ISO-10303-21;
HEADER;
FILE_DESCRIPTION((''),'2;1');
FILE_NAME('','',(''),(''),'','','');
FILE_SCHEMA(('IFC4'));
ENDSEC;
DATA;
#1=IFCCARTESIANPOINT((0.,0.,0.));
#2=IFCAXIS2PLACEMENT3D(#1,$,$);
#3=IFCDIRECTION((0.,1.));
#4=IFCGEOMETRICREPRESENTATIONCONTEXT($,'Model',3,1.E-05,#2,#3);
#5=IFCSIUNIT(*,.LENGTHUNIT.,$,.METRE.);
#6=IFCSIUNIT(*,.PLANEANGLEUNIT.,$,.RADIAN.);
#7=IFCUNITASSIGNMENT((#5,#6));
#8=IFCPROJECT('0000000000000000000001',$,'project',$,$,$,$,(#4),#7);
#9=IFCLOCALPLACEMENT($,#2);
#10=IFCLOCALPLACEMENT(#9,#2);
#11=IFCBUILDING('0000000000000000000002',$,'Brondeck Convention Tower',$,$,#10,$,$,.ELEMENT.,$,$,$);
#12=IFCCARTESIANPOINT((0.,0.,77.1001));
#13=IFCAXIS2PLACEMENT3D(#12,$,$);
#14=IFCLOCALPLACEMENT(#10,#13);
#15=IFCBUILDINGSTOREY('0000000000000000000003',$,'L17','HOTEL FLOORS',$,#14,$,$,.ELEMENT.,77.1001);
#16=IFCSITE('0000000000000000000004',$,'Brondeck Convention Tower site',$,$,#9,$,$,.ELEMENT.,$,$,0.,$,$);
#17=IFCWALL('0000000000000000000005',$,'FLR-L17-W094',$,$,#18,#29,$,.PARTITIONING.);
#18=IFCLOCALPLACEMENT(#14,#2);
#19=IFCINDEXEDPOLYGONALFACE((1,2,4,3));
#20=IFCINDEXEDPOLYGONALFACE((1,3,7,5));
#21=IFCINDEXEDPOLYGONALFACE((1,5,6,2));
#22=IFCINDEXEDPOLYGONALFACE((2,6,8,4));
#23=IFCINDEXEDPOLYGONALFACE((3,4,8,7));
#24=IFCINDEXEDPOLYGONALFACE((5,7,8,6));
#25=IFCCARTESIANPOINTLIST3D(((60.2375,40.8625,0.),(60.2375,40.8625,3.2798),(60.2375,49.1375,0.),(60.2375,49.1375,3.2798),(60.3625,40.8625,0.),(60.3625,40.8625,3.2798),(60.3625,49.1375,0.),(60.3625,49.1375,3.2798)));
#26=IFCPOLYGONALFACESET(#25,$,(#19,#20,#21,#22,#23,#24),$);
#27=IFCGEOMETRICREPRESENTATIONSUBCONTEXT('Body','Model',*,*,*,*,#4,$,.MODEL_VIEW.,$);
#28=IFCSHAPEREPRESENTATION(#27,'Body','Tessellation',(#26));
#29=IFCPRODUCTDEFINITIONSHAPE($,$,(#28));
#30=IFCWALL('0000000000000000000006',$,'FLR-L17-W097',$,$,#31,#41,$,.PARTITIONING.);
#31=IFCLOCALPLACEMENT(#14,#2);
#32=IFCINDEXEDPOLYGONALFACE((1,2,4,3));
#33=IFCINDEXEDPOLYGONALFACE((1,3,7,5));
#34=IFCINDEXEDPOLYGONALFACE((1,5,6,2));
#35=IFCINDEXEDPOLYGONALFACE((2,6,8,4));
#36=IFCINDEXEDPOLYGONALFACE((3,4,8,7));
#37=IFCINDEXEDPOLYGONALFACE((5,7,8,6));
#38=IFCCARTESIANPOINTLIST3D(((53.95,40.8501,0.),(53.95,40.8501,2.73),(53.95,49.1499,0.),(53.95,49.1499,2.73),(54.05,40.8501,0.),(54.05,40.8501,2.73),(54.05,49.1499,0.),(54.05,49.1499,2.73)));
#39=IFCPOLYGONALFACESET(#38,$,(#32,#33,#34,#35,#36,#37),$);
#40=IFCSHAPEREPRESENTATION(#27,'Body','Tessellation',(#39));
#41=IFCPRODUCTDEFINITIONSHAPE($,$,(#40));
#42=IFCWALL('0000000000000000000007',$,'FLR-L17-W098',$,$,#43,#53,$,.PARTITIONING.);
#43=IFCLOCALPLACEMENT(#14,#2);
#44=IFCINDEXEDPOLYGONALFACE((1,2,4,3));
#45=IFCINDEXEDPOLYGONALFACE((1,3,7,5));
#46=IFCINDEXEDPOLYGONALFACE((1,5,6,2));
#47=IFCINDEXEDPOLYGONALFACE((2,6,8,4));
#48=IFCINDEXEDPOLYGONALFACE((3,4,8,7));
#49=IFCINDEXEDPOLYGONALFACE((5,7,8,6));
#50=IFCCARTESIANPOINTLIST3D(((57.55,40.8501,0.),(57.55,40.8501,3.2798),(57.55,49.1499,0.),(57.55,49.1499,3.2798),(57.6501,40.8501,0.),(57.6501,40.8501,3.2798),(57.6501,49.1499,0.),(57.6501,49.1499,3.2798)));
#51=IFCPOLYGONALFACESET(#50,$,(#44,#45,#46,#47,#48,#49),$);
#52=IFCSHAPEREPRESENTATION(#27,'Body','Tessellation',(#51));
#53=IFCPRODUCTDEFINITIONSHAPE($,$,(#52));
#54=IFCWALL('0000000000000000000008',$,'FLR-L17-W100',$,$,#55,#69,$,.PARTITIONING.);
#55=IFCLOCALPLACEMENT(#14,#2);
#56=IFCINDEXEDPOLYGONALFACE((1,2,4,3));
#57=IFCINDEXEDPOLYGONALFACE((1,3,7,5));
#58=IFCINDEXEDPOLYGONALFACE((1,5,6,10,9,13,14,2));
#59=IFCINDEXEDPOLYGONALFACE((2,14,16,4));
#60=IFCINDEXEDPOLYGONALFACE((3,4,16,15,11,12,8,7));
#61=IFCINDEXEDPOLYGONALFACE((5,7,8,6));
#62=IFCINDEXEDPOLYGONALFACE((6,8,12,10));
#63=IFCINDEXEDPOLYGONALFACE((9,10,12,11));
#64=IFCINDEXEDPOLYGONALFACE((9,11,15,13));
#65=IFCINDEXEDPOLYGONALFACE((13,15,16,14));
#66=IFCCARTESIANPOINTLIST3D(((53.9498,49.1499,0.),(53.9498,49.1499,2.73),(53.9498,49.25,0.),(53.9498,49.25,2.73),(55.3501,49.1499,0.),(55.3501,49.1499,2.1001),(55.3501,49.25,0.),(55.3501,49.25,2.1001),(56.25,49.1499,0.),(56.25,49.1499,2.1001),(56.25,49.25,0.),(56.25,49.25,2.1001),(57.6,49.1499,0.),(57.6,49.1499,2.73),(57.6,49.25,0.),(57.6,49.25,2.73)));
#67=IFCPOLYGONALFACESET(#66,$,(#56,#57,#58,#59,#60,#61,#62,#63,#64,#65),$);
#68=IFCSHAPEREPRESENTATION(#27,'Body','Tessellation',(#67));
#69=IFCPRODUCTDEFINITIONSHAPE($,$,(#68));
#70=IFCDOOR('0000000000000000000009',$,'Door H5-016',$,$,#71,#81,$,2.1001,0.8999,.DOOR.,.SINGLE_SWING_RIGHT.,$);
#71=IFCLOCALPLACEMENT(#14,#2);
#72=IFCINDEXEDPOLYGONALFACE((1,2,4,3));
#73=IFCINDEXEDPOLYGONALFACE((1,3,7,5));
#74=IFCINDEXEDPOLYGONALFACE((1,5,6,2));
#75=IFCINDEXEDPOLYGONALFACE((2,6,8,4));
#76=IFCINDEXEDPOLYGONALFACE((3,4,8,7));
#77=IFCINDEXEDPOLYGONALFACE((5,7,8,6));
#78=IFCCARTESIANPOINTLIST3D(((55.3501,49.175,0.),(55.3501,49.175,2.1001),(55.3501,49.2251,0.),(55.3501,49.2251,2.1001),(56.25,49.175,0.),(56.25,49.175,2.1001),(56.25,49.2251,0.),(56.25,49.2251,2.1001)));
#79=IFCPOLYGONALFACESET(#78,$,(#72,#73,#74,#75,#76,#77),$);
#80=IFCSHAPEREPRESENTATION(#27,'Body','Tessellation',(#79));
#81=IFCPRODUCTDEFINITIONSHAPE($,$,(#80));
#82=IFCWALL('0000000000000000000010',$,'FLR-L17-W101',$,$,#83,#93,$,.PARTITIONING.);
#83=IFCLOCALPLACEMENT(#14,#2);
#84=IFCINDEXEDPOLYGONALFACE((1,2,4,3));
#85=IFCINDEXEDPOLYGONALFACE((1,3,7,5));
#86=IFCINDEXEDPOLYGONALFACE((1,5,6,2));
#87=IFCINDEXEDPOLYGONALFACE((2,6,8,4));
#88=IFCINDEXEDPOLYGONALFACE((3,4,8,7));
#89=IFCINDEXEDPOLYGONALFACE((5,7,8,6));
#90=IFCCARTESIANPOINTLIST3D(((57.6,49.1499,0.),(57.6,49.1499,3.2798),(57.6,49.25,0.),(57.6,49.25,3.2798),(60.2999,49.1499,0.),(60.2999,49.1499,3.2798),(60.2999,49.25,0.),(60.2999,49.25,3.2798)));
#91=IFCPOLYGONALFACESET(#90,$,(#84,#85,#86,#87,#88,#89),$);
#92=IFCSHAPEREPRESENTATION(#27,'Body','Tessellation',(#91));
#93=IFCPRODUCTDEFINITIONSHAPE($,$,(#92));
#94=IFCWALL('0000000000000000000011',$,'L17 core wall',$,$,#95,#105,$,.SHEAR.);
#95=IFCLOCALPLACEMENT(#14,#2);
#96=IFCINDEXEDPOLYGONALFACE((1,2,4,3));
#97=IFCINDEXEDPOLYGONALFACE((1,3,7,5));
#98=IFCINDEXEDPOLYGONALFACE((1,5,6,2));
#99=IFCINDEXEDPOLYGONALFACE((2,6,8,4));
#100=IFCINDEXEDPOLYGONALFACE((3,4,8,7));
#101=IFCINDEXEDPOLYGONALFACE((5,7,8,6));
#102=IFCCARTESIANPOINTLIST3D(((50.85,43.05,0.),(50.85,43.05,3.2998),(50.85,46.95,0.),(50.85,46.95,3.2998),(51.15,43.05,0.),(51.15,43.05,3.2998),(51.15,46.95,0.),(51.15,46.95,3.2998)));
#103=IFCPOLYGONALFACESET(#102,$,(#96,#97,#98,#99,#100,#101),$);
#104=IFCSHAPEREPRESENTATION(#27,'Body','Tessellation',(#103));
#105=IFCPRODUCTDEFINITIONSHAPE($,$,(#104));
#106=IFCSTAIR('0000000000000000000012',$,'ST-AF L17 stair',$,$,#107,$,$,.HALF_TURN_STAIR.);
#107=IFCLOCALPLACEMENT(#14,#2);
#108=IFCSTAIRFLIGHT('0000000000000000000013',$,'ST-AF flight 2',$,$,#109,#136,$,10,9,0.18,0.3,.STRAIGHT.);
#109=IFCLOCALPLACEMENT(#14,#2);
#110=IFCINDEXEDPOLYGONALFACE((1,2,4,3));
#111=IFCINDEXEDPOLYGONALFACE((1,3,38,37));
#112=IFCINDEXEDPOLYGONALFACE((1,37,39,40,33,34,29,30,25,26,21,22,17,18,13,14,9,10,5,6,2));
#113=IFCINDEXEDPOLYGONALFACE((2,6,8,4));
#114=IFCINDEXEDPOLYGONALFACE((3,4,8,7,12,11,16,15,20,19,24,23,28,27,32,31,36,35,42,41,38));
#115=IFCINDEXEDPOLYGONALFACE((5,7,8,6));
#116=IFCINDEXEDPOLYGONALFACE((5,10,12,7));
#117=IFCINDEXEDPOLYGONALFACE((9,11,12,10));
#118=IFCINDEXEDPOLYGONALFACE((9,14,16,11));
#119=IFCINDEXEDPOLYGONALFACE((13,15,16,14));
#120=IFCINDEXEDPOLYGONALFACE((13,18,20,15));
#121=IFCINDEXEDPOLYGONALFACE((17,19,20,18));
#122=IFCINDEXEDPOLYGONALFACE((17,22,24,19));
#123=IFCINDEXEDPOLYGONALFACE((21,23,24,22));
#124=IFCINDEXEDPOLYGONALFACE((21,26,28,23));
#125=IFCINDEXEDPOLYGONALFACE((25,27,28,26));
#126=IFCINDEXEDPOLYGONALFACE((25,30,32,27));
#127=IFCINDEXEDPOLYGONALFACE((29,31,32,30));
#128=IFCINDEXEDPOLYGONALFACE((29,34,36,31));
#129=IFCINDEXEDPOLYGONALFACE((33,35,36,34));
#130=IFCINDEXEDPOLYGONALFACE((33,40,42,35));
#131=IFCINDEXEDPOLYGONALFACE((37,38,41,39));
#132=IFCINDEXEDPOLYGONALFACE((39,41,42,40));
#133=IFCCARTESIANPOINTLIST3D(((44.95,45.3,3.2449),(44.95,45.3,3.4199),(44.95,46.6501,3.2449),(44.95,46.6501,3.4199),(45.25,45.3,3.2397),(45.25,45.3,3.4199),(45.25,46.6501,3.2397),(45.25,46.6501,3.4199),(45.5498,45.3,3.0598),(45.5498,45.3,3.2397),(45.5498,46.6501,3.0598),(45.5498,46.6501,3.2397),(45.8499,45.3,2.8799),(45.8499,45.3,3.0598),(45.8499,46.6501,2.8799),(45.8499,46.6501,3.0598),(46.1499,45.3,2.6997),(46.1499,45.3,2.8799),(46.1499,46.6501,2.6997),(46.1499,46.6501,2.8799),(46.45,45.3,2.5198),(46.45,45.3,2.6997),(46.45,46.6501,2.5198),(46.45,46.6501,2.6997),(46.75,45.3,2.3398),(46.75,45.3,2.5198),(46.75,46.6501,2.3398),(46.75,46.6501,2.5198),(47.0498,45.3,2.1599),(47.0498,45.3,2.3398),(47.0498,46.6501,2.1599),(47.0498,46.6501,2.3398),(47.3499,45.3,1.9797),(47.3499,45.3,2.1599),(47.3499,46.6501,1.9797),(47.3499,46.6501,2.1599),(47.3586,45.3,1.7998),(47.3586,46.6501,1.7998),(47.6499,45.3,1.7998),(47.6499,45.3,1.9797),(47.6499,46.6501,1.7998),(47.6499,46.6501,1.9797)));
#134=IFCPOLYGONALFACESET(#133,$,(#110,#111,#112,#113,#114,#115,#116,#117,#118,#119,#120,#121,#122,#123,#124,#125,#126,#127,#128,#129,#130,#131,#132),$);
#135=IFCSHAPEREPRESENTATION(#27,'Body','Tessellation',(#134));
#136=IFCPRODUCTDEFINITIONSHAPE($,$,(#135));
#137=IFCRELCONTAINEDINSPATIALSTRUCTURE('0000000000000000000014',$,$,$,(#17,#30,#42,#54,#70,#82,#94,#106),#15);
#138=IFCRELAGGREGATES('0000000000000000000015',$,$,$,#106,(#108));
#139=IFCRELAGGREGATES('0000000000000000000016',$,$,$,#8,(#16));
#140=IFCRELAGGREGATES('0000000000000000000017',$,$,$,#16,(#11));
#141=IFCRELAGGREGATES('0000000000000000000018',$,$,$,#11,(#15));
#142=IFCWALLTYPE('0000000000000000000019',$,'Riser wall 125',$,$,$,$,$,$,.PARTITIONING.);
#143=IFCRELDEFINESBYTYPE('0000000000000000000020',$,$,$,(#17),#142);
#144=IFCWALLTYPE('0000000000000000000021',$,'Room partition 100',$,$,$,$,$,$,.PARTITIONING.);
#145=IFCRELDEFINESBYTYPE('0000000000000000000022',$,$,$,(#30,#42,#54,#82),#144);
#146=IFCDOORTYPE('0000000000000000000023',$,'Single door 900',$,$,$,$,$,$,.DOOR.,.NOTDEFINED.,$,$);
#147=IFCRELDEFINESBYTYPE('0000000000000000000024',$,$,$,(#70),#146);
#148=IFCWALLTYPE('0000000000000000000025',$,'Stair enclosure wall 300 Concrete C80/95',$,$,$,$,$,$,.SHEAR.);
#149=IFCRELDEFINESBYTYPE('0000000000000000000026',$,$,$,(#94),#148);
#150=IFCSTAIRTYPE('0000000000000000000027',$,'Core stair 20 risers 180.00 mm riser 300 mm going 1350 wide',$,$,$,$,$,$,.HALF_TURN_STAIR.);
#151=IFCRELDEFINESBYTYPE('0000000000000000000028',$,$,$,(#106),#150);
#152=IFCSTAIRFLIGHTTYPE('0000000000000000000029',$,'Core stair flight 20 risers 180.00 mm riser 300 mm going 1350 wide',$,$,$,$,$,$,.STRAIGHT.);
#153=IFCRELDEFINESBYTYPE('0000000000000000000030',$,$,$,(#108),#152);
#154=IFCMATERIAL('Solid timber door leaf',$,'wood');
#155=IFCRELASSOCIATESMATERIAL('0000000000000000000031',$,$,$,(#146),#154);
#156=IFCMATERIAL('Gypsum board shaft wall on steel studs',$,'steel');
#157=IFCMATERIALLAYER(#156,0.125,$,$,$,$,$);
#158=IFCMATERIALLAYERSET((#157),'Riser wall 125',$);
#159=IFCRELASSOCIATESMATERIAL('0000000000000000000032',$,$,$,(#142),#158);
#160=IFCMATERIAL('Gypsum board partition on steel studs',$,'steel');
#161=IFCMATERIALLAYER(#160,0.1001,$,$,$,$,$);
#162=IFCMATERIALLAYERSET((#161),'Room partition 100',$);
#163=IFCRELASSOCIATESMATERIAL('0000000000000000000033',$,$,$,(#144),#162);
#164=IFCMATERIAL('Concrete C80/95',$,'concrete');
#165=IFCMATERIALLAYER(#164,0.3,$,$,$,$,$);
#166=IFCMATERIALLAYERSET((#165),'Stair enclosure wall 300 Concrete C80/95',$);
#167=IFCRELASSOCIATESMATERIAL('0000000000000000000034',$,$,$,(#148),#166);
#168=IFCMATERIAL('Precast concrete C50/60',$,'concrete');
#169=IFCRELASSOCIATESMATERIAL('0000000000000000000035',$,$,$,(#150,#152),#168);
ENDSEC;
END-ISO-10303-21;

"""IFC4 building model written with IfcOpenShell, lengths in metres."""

from ifc_helpers import new_model, si_unit, direction, frame, frame_2d, origin, place, context, subcontext, project, spatial, polyline, rectangle, outline, extrude, material, layer, layer_set, type_object, element, fill, aggregate, save


model = new_model("IFC4")

# Units and contexts
model_context = context("Model", 3, precision=1e-05, world=origin(), true_north=direction((0.0, 1.0)))
body_context = subcontext(model_context, "Body", "Model", "MODEL_VIEW")
ifc_project = project(units=[si_unit("LENGTHUNIT", "METRE"), si_unit("PLANEANGLEUNIT", "RADIAN")], contexts=[model_context])

# Site, building, storey
site_placement = place(None, origin())
site = spatial("IfcSite", under=ifc_project, at=site_placement, Name="Brondeck Convention Tower site", CompositionType="ELEMENT", RefElevation=0.0)
building_placement = place(site_placement, origin())
building = spatial("IfcBuilding", under=site, at=building_placement, Name="Brondeck Convention Tower", CompositionType="ELEMENT")
storey_placement = place(building_placement, frame((0.0, 0.0, 77.1001)))
storey = spatial("IfcBuildingStorey", under=building, at=storey_placement, Name="L17", Description="HOTEL FLOORS", CompositionType="ELEMENT", Elevation=77.1001)

# Shared definitions
ifc_material_1 = material(Name="Concrete C80/95", Category="concrete")

# Shared definitions
ifc_material_2 = material(Name="Solid timber door leaf", Category="wood")
door_type_1 = type_object("IfcDoorType", Name="Single door 900", OperationType="NOTDEFINED", PredefinedType="DOOR", material=ifc_material_2)

# Walls
ifc_material_3 = material(Name="Gypsum board shaft wall on steel studs", Category="steel")
ifc_layer_1 = layer(ifc_material_3, 0.125)
ifc_layer_set_1 = layer_set([ifc_layer_1], Name="Riser wall 125")
wall_type_1 = type_object("IfcWallType", Name="Riser wall 125", PredefinedType="PARTITIONING", material=ifc_layer_set_1)
wall_1_placement = place(storey_placement, frame((60.3, 49.1375, 0.0), z_axis=(0.0, 0.0, 1.0), x_axis=(0.0, -1.0, 0.0)))
element("IfcWall", 1, at=wall_1_placement, inside=storey, type_object=wall_type_1, Name="FLR-L17-W094", PredefinedType="PARTITIONING", context=body_context, shape_type="SweptSolid", body=[
    extrude(rectangle(XDim=8.2749, YDim=0.125, at=frame_2d((4.1375, 0.0))), origin(), (0.0, 0.0, 1.0), 3.2798),
])
ifc_material_4 = material(Name="Gypsum board partition on steel studs", Category="steel")
ifc_layer_2 = layer(ifc_material_4, 0.1001)
ifc_layer_set_2 = layer_set([ifc_layer_2], Name="Room partition 100")
wall_type_2 = type_object("IfcWallType", Name="Room partition 100", PredefinedType="PARTITIONING", material=ifc_layer_set_2)
wall_2_placement = place(storey_placement, frame((54.0, 49.1499, 0.0), z_axis=(0.0, 0.0, 1.0), x_axis=(0.0, -1.0, 0.0)))
element("IfcWall", 2, at=wall_2_placement, inside=storey, type_object=wall_type_2, Name="FLR-L17-W097", PredefinedType="PARTITIONING", context=body_context, shape_type="SweptSolid", body=[
    extrude(rectangle(XDim=8.2998, YDim=0.1001, at=frame_2d((4.1499, 0.0))), origin(), (0.0, 0.0, 1.0), 2.73),
])
wall_3_placement = place(storey_placement, frame((57.6001, 49.1499, 0.0), z_axis=(0.0, 0.0, 1.0), x_axis=(0.0, -1.0, 0.0)))
element("IfcWall", 3, at=wall_3_placement, inside=storey, type_object=wall_type_2, Name="FLR-L17-W098", PredefinedType="PARTITIONING", context=body_context, shape_type="SweptSolid", body=[
    extrude(rectangle(XDim=8.2998, YDim=0.1001, at=frame_2d((4.1499, 0.0))), origin(), (0.0, 0.0, 1.0), 3.2798),
])

# Wall, opening, door
wall_4_placement = place(storey_placement, frame((57.6001, 49.2, 0.0), z_axis=(0.0, 0.0, 1.0), x_axis=(-1.0, 0.0, 0.0)))
wall_4 = element("IfcWall", 4, at=wall_4_placement, inside=storey, type_object=wall_type_2, Name="FLR-L17-W100", PredefinedType="PARTITIONING", context=body_context, shape_type="SweptSolid", body=[
    extrude(rectangle(XDim=3.6501, YDim=0.1001, at=frame_2d((1.8252, 0.0))), origin(), (0.0, 0.0, 1.0), 2.73),
])
opening_1_placement = place(wall_4_placement, frame((1.3501, 0.0, 0.0)))
opening_1 = element("IfcOpeningElement", 5, at=opening_1_placement, cuts=wall_4, PredefinedType="OPENING", context=body_context, shape_type="SweptSolid", body=[
    extrude(rectangle(XDim=0.8999, YDim=2.1001, at=frame_2d((0.45, 1.05))), frame((0.0, 0.0601, 0.0), z_axis=(0.0, -1.0, 0.0), x_axis=(1.0, 0.0, 0.0)), (0.0, 0.0, 1.0), 0.1201),
])
door_1_placement = place(opening_1_placement, origin())
door_1 = element("IfcDoor", 6, at=door_1_placement, inside=storey, type_object=door_type_1, Name="Door H5-016", OperationType="SINGLE_SWING_RIGHT", OverallHeight=2.1001, OverallWidth=0.8999, PredefinedType="DOOR", context=body_context, shape_type="SweptSolid", body=[
    extrude(rectangle(XDim=0.8999, YDim=2.1001, at=frame_2d((0.45, 1.05))), frame((0.0, 0.0249, 0.0), z_axis=(0.0, -1.0, 0.0), x_axis=(1.0, 0.0, 0.0)), (0.0, 0.0, 1.0), 0.05),
])
fill(opening_1, door_1)

# Walls
wall_5_placement = place(storey_placement, frame((60.3, 49.2, 0.0), z_axis=(0.0, 0.0, 1.0), x_axis=(-1.0, 0.0, 0.0)))
element("IfcWall", 7, at=wall_5_placement, inside=storey, type_object=wall_type_2, Name="FLR-L17-W101", PredefinedType="PARTITIONING", context=body_context, shape_type="SweptSolid", body=[
    extrude(rectangle(XDim=2.7, YDim=0.1001, at=frame_2d((1.3501, 0.0))), origin(), (0.0, 0.0, 1.0), 3.2798),
])
ifc_layer_3 = layer(ifc_material_1, 0.3)
ifc_layer_set_3 = layer_set([ifc_layer_3], Name="Stair enclosure wall 300 Concrete C80/95")
wall_type_3 = type_object("IfcWallType", Name="Stair enclosure wall 300 Concrete C80/95", PredefinedType="SHEAR", material=ifc_layer_set_3)
wall_6_placement = place(storey_placement, frame((51.0, 43.05, 0.0), z_axis=(0.0, 0.0, 1.0), x_axis=(0.0, 1.0, 0.0)))
element("IfcWall", 8, at=wall_6_placement, inside=storey, type_object=wall_type_3, Name="L17 core wall", PredefinedType="SHEAR", context=body_context, shape_type="SweptSolid", body=[
    extrude(rectangle(XDim=3.8999, YDim=0.3, at=frame_2d((1.95, 0.0))), origin(), (0.0, 0.0, 1.0), 3.2998),
])

# Stair, stair flight
ifc_material_5 = material(Name="Precast concrete C50/60", Category="concrete")
stair_type = type_object("IfcStairType", Name="Core stair 20 risers 180.00 mm riser 300 mm going 1350 wide", PredefinedType="HALF_TURN_STAIR", material=ifc_material_5)
stair_placement = place(storey_placement, origin())
stair = element("IfcStair", 9, at=stair_placement, inside=storey, type_object=stair_type, Name="ST-AF L17 stair", PredefinedType="HALF_TURN_STAIR")
stair_flight_type = type_object("IfcStairFlightType", Name="Core stair flight 20 risers 180.00 mm riser 300 mm going 1350 wide", PredefinedType="STRAIGHT", material=ifc_material_5)
stair_flight_placement = place(storey_placement, frame((47.6499, 45.9751, 1.7998), z_axis=(0.0, 0.0, 1.0), x_axis=(-1.0, 0.0, 0.0)))
stair_flight = element("IfcStairFlight", 10, at=stair_flight_placement, type_object=stair_flight_type, Name="ST-AF flight 2", NumberOfRisers=10, NumberOfTreads=9, PredefinedType="STRAIGHT", RiserHeight=0.18, TreadLength=0.3, context=body_context, shape_type="SweptSolid", body=[
    extrude(outline(polyline([(0.0, 0.0), (0.0, 0.1799), (0.3, 0.1799), (0.3, 0.3601), (0.6001, 0.3601), (0.6001, 0.54), (0.8999, 0.54), (0.8999, 0.72), (1.2, 0.72), (1.2, 0.8999), (1.5, 0.8999), (1.5, 1.0801), (1.8, 1.0801), (1.8, 1.26), (2.1001, 1.26), (2.1001, 1.4399), (2.3999, 1.4399), (2.3999, 1.6201), (2.7, 1.6201), (2.7, 1.8), (2.7, 1.4451), (0.2913, 0.0), (0.0, 0.0)])), frame((0.0, 0.675, 0.0), z_axis=(0.0, -1.0, 0.0), x_axis=(1.0, 0.0, 0.0)), (0.0, 0.0, 1.0), 1.3501),
])
aggregate(stair, [stair_flight])

save(model, "model.ifc")
